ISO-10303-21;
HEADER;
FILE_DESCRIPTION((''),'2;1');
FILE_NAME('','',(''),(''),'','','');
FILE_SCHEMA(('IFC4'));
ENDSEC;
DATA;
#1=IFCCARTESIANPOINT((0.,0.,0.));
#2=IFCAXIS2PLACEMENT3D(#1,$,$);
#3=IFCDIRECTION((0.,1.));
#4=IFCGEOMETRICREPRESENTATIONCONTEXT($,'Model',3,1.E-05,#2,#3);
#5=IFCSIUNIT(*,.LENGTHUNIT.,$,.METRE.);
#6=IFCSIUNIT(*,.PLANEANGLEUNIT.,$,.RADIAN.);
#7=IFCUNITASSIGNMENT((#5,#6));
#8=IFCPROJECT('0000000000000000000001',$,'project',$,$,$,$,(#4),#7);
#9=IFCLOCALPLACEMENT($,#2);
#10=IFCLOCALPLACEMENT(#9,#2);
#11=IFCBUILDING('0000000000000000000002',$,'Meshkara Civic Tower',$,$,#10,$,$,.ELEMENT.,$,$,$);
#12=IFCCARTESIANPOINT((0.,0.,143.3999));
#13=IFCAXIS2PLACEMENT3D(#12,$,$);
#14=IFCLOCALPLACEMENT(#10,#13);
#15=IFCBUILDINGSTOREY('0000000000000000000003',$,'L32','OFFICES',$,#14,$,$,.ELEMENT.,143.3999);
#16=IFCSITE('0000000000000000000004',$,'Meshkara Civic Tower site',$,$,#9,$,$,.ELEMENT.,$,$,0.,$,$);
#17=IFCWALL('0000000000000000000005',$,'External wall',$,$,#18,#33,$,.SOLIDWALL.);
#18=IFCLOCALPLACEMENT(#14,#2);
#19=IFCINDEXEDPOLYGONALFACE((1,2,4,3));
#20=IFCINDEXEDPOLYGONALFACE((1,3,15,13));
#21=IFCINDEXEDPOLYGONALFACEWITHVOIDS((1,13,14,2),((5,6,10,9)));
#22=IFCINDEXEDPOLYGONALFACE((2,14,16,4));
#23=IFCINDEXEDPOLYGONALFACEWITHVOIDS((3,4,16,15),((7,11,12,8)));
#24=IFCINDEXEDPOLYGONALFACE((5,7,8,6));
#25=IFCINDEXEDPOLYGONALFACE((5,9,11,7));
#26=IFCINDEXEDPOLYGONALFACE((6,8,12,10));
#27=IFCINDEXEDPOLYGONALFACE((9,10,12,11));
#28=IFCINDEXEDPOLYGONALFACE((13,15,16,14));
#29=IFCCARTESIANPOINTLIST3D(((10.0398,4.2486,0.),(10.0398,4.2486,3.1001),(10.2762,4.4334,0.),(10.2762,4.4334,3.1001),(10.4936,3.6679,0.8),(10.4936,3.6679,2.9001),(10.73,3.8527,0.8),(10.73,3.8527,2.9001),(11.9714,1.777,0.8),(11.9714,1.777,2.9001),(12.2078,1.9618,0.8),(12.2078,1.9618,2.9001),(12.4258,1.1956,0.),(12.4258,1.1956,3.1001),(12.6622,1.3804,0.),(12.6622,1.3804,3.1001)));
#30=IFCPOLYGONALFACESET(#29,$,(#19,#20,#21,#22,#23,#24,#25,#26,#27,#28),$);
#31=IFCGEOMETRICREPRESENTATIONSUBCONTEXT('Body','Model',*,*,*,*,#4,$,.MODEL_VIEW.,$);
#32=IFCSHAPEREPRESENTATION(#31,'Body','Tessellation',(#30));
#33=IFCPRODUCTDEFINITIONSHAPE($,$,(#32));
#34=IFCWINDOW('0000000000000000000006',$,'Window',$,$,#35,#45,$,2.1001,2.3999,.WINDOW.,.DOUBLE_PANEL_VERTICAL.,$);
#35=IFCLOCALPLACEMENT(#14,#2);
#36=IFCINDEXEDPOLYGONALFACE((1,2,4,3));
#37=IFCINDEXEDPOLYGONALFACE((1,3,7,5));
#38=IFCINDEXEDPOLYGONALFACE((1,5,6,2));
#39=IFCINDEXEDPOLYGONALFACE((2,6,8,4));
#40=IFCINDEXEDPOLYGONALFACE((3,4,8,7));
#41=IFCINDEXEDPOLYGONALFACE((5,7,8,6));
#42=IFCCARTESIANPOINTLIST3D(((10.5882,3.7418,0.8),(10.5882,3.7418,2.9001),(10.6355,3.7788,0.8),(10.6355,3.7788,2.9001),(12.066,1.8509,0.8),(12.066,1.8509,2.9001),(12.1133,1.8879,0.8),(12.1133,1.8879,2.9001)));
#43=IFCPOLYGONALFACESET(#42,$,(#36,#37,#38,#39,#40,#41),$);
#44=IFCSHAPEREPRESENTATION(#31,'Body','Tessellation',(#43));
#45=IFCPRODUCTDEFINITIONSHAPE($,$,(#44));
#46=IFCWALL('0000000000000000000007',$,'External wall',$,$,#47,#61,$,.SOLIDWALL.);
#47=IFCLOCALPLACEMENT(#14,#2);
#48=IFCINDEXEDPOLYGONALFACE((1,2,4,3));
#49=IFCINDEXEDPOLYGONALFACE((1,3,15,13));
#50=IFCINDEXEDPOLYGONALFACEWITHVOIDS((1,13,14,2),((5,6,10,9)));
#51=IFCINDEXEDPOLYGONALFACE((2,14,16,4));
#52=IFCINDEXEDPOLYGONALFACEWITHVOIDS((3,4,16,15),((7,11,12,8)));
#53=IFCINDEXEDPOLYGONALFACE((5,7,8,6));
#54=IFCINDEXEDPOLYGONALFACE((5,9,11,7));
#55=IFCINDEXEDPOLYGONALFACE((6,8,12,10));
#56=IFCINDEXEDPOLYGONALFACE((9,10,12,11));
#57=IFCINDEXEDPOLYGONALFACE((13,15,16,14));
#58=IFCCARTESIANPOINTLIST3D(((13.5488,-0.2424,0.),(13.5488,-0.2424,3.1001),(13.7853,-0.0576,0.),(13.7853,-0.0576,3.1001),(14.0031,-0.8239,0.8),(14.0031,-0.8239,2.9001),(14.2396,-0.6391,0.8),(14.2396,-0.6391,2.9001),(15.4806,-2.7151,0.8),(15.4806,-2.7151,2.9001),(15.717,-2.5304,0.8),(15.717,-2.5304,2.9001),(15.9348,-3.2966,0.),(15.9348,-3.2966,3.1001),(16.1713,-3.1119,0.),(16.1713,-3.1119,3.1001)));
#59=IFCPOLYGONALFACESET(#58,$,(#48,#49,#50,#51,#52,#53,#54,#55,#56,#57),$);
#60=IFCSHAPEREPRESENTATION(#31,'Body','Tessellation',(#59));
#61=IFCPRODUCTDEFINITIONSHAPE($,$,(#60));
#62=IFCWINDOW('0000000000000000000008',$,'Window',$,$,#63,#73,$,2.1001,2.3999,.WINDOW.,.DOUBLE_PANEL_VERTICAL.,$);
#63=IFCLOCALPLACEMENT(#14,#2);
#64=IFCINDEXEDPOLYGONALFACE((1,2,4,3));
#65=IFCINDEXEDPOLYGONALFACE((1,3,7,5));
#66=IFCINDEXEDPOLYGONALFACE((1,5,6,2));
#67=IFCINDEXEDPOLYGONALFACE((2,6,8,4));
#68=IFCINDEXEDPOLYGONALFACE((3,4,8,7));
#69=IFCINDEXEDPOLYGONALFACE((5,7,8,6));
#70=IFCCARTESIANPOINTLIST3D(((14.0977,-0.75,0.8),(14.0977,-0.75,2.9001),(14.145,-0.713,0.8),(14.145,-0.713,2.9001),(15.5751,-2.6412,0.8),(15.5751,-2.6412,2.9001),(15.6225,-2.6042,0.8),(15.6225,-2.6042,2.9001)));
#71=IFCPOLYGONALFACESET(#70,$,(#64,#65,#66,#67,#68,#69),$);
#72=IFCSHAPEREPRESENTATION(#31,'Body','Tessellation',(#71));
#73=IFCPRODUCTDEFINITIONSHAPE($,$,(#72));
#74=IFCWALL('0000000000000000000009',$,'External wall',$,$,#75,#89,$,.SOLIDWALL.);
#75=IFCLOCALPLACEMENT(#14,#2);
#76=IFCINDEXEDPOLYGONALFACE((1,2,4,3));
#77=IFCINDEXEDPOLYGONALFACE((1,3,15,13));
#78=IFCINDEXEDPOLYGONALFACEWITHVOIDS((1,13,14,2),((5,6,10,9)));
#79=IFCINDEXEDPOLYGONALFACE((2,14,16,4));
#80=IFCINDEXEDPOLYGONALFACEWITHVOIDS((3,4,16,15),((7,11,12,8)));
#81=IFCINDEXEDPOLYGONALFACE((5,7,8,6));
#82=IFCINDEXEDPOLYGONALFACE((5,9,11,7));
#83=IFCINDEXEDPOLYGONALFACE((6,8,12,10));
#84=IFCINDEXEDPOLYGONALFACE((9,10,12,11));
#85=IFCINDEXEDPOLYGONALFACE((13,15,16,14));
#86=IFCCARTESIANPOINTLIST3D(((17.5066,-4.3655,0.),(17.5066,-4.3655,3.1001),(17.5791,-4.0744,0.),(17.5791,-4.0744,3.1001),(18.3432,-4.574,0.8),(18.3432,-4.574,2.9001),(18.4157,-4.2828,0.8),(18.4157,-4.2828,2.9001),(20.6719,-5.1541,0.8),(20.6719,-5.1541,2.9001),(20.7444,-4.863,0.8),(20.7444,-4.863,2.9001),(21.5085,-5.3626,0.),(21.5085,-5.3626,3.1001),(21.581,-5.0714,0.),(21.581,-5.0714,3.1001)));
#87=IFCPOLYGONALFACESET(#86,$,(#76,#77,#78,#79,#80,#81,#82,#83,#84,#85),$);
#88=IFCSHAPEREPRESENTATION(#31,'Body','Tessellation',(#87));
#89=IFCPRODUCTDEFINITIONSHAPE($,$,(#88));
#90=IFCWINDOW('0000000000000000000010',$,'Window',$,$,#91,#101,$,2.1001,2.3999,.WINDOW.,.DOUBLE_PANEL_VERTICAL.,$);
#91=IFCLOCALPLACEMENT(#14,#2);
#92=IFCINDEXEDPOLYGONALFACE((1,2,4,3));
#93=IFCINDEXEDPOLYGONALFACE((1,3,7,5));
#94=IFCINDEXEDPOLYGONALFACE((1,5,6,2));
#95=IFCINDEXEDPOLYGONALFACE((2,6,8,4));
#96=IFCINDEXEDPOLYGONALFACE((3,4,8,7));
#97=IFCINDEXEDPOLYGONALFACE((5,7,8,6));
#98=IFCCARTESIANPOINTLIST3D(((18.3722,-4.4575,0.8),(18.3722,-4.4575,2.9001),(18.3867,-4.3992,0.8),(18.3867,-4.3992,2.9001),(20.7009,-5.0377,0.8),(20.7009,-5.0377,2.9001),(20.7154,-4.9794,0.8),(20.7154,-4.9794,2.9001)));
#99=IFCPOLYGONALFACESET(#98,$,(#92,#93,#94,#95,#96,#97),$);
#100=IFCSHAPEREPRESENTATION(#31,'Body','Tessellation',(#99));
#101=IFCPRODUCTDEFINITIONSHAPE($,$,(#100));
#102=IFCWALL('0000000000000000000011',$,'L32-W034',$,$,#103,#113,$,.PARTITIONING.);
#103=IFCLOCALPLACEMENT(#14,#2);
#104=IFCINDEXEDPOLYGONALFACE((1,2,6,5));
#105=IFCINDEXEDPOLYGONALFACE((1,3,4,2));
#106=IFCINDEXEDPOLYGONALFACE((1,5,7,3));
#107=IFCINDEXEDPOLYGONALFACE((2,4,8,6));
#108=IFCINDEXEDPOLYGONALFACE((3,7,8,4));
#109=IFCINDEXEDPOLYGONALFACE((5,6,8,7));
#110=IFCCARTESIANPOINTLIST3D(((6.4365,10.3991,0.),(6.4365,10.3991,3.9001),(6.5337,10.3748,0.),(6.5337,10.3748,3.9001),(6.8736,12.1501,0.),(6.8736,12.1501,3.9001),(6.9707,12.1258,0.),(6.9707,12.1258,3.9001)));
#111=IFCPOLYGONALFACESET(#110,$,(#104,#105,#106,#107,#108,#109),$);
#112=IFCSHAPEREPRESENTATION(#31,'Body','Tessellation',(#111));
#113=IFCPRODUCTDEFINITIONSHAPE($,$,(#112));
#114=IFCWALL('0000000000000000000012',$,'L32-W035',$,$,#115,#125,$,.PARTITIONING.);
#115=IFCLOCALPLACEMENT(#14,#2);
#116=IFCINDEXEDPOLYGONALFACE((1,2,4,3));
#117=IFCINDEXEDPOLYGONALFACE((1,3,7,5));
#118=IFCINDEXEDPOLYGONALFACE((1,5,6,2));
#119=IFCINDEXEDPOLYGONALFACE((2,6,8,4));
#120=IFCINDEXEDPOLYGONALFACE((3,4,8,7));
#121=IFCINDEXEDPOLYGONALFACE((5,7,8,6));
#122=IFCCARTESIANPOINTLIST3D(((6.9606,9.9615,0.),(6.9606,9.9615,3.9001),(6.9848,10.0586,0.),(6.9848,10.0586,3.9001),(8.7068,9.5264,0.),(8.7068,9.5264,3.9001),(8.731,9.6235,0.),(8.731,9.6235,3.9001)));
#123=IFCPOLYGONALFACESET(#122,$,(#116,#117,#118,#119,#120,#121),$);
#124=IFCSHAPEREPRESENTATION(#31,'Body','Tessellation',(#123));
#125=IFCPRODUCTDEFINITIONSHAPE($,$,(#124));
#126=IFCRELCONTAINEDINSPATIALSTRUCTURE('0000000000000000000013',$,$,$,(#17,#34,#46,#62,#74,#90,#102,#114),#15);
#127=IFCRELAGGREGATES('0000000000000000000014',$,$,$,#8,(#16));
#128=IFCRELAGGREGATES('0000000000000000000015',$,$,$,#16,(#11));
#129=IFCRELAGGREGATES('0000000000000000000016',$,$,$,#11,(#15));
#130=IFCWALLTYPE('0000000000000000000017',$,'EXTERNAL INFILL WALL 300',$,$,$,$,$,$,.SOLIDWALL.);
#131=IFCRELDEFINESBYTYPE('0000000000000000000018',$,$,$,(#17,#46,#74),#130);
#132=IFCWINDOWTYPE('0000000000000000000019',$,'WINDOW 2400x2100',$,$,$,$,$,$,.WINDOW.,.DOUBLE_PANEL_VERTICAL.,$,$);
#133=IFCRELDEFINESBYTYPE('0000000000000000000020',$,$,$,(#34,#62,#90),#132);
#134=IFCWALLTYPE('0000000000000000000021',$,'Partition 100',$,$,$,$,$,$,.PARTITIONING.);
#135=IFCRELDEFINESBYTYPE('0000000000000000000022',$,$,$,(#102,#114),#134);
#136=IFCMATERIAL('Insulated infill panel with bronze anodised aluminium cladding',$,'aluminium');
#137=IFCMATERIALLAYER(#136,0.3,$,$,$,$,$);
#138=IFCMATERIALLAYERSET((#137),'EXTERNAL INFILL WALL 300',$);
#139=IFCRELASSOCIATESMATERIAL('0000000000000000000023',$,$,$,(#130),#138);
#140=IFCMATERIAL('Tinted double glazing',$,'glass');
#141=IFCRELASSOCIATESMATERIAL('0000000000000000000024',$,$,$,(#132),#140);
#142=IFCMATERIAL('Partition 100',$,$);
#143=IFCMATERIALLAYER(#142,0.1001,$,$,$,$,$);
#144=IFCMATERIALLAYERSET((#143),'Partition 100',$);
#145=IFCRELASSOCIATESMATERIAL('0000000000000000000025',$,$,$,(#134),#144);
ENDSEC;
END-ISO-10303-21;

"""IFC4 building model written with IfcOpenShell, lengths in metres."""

from ifc_helpers import new_model, si_unit, direction, frame, frame_2d, origin, place, context, subcontext, project, spatial, rectangle, extrude, material, layer, layer_set, type_object, element, fill, save


model = new_model("IFC4")

# Units and contexts
model_context = context("Model", 3, precision=1e-05, world=origin(), true_north=direction((0.0, 1.0)))
body_context = subcontext(model_context, "Body", "Model", "MODEL_VIEW")
ifc_project = project(units=[si_unit("LENGTHUNIT", "METRE"), si_unit("PLANEANGLEUNIT", "RADIAN")], contexts=[model_context])

# Site, building, storey
site_placement = place(None, origin())
site = spatial("IfcSite", under=ifc_project, at=site_placement, Name="Meshkara Civic Tower site", CompositionType="ELEMENT", RefElevation=0.0)
building_placement = place(site_placement, origin())
building = spatial("IfcBuilding", under=site, at=building_placement, Name="Meshkara Civic Tower", CompositionType="ELEMENT")
storey_placement = place(building_placement, frame((0.0, 0.0, 143.3999)))
storey = spatial("IfcBuildingStorey", under=building, at=storey_placement, Name="L32", Description="OFFICES", CompositionType="ELEMENT", Elevation=143.3999)

# Walls, openings, windows
ifc_material_1 = material(Name="Insulated infill panel with bronze anodised aluminium cladding", Category="aluminium")
ifc_layer_1 = layer(ifc_material_1, 0.3)
ifc_layer_set_1 = layer_set([ifc_layer_1], Name="EXTERNAL INFILL WALL 300")
wall_type_1 = type_object("IfcWallType", Name="EXTERNAL INFILL WALL 300", PredefinedType="SOLIDWALL", material=ifc_layer_set_1)
wall_1_placement = place(storey_placement, frame((10.158, 4.3411, 0.0), z_axis=(0.0, 0.0, 1.0), x_axis=(0.61578, -0.787918, 0.0)))
wall_1 = element("IfcWall", 1, at=wall_1_placement, inside=storey, type_object=wall_type_1, Name="External wall", PredefinedType="SOLIDWALL", context=body_context, shape_type="SweptSolid", body=[
    extrude(rectangle(XDim=3.8748, YDim=0.3, at=frame_2d((1.9375, 0.0))), origin(), (0.0, 0.0, 1.0), 3.1001),
])
opening_1_placement = place(wall_1_placement, frame((0.7371, 0.0, 0.8)))
opening_1 = element("IfcOpeningElement", 2, at=opening_1_placement, cuts=wall_1, PredefinedType="OPENING", context=body_context, shape_type="SweptSolid", body=[
    extrude(rectangle(XDim=2.3999, YDim=2.1001, at=frame_2d((1.2, 1.05))), frame((0.0, 0.1599, 0.0), z_axis=(0.0, -1.0, 0.0), x_axis=(1.0, 0.0, 0.0)), (0.0, 0.0, 1.0), 0.3201),
])
ifc_material_2 = material(Name="Tinted double glazing", Category="glass")
window_type = type_object("IfcWindowType", Name="WINDOW 2400x2100", PartitioningType="DOUBLE_PANEL_VERTICAL", PredefinedType="WINDOW", material=ifc_material_2)
window_1_placement = place(opening_1_placement, origin())
window_1 = element("IfcWindow", 3, at=window_1_placement, inside=storey, type_object=window_type, Name="Window", OverallHeight=2.1001, OverallWidth=2.3999, PartitioningType="DOUBLE_PANEL_VERTICAL", PredefinedType="WINDOW", context=body_context, shape_type="SweptSolid", body=[
    extrude(rectangle(XDim=2.3999, YDim=2.1001, at=frame_2d((1.2, 1.05))), frame((0.0, 0.03, 0.0), z_axis=(0.0, -1.0, 0.0), x_axis=(1.0, 0.0, 0.0)), (0.0, 0.0, 1.0), 0.0601),
])
fill(opening_1, window_1)
wall_2_placement = place(storey_placement, frame((13.667, -0.1499, 0.0), z_axis=(0.0, 0.0, 1.0), x_axis=(0.615627, -0.788038, 0.0)))
wall_2 = element("IfcWall", 4, at=wall_2_placement, inside=storey, type_object=wall_type_1, Name="External wall", PredefinedType="SOLIDWALL", context=body_context, shape_type="SweptSolid", body=[
    extrude(rectangle(XDim=3.8757, YDim=0.3, at=frame_2d((1.938, 0.0))), origin(), (0.0, 0.0, 1.0), 3.1001),
])
opening_2_placement = place(wall_2_placement, frame((0.738, 0.0, 0.8)))
opening_2 = element("IfcOpeningElement", 5, at=opening_2_placement, cuts=wall_2, PredefinedType="OPENING", context=body_context, shape_type="SweptSolid", body=[
    extrude(rectangle(XDim=2.3999, YDim=2.1001, at=frame_2d((1.2, 1.05))), frame((0.0, 0.1599, 0.0), z_axis=(0.0, -1.0, 0.0), x_axis=(1.0, 0.0, 0.0)), (0.0, 0.0, 1.0), 0.3201),
])
window_2_placement = place(opening_2_placement, origin())
window_2 = element("IfcWindow", 6, at=window_2_placement, inside=storey, type_object=window_type, Name="Window", OverallHeight=2.1001, OverallWidth=2.3999, PartitioningType="DOUBLE_PANEL_VERTICAL", PredefinedType="WINDOW", context=body_context, shape_type="SweptSolid", body=[
    extrude(rectangle(XDim=2.3999, YDim=2.1001, at=frame_2d((1.2, 1.05))), frame((0.0, 0.03, 0.0), z_axis=(0.0, -1.0, 0.0), x_axis=(1.0, 0.0, 0.0)), (0.0, 0.0, 1.0), 0.0601),
])
fill(opening_2, window_2)
wall_3_placement = place(storey_placement, frame((17.543, -4.22, 0.0), z_axis=(0.0, 0.0, 1.0), x_axis=(0.970337, -0.241756, 0.0)))
wall_3 = element("IfcWall", 7, at=wall_3_placement, inside=storey, type_object=wall_type_1, Name="External wall", PredefinedType="SOLIDWALL", context=body_context, shape_type="SweptSolid", body=[
    extrude(rectangle(XDim=4.1243, YDim=0.3, at=frame_2d((2.062, 0.0))), origin(), (0.0, 0.0, 1.0), 3.1001),
])
opening_3_placement = place(wall_3_placement, frame((0.8621, 0.0, 0.8)))
opening_3 = element("IfcOpeningElement", 8, at=opening_3_placement, cuts=wall_3, PredefinedType="OPENING", context=body_context, shape_type="SweptSolid", body=[
    extrude(rectangle(XDim=2.3999, YDim=2.1001, at=frame_2d((1.2, 1.05))), frame((0.0, 0.1599, 0.0), z_axis=(0.0, -1.0, 0.0), x_axis=(1.0, 0.0, 0.0)), (0.0, 0.0, 1.0), 0.3201),
])
window_3_placement = place(opening_3_placement, origin())
window_3 = element("IfcWindow", 9, at=window_3_placement, inside=storey, type_object=window_type, Name="Window", OverallHeight=2.1001, OverallWidth=2.3999, PartitioningType="DOUBLE_PANEL_VERTICAL", PredefinedType="WINDOW", context=body_context, shape_type="SweptSolid", body=[
    extrude(rectangle(XDim=2.3999, YDim=2.1001, at=frame_2d((1.2, 1.05))), frame((0.0, 0.03, 0.0), z_axis=(0.0, -1.0, 0.0), x_axis=(1.0, 0.0, 0.0)), (0.0, 0.0, 1.0), 0.0601),
])
fill(opening_3, window_3)

# Walls
ifc_material_3 = material(Name="Partition 100")
ifc_layer_2 = layer(ifc_material_3, 0.1001)
ifc_layer_set_2 = layer_set([ifc_layer_2], Name="Partition 100")
wall_type_2 = type_object("IfcWallType", Name="Partition 100", PredefinedType="PARTITIONING", material=ifc_layer_set_2)
wall_4_placement = place(storey_placement, frame((6.9221, 12.1379, 0.0), z_axis=(0.0, 0.0, 1.0), x_axis=(-0.242154, -0.970238, 0.0)))
element("IfcWall", 10, at=wall_4_placement, inside=storey, type_object=wall_type_2, Name="L32-W034", PredefinedType="PARTITIONING", context=body_context, shape_type="SweptSolid", body=[
    extrude(rectangle(XDim=1.8047, YDim=0.1001, at=frame_2d((0.9023, 0.0))), origin(), (0.0, 0.0, 1.0), 3.9001),
])
wall_5_placement = place(storey_placement, frame((8.719, 9.575, 0.0), z_axis=(0.0, 0.0, 1.0), x_axis=(-0.970334, 0.241769, 0.0)))
element("IfcWall", 11, at=wall_5_placement, inside=storey, type_object=wall_type_2, Name="L32-W035", PredefinedType="PARTITIONING", context=body_context, shape_type="SweptSolid", body=[
    extrude(rectangle(XDim=1.7996, YDim=0.1001, at=frame_2d((0.8999, 0.0))), origin(), (0.0, 0.0, 1.0), 3.9001),
])

save(model, "model.ifc")
